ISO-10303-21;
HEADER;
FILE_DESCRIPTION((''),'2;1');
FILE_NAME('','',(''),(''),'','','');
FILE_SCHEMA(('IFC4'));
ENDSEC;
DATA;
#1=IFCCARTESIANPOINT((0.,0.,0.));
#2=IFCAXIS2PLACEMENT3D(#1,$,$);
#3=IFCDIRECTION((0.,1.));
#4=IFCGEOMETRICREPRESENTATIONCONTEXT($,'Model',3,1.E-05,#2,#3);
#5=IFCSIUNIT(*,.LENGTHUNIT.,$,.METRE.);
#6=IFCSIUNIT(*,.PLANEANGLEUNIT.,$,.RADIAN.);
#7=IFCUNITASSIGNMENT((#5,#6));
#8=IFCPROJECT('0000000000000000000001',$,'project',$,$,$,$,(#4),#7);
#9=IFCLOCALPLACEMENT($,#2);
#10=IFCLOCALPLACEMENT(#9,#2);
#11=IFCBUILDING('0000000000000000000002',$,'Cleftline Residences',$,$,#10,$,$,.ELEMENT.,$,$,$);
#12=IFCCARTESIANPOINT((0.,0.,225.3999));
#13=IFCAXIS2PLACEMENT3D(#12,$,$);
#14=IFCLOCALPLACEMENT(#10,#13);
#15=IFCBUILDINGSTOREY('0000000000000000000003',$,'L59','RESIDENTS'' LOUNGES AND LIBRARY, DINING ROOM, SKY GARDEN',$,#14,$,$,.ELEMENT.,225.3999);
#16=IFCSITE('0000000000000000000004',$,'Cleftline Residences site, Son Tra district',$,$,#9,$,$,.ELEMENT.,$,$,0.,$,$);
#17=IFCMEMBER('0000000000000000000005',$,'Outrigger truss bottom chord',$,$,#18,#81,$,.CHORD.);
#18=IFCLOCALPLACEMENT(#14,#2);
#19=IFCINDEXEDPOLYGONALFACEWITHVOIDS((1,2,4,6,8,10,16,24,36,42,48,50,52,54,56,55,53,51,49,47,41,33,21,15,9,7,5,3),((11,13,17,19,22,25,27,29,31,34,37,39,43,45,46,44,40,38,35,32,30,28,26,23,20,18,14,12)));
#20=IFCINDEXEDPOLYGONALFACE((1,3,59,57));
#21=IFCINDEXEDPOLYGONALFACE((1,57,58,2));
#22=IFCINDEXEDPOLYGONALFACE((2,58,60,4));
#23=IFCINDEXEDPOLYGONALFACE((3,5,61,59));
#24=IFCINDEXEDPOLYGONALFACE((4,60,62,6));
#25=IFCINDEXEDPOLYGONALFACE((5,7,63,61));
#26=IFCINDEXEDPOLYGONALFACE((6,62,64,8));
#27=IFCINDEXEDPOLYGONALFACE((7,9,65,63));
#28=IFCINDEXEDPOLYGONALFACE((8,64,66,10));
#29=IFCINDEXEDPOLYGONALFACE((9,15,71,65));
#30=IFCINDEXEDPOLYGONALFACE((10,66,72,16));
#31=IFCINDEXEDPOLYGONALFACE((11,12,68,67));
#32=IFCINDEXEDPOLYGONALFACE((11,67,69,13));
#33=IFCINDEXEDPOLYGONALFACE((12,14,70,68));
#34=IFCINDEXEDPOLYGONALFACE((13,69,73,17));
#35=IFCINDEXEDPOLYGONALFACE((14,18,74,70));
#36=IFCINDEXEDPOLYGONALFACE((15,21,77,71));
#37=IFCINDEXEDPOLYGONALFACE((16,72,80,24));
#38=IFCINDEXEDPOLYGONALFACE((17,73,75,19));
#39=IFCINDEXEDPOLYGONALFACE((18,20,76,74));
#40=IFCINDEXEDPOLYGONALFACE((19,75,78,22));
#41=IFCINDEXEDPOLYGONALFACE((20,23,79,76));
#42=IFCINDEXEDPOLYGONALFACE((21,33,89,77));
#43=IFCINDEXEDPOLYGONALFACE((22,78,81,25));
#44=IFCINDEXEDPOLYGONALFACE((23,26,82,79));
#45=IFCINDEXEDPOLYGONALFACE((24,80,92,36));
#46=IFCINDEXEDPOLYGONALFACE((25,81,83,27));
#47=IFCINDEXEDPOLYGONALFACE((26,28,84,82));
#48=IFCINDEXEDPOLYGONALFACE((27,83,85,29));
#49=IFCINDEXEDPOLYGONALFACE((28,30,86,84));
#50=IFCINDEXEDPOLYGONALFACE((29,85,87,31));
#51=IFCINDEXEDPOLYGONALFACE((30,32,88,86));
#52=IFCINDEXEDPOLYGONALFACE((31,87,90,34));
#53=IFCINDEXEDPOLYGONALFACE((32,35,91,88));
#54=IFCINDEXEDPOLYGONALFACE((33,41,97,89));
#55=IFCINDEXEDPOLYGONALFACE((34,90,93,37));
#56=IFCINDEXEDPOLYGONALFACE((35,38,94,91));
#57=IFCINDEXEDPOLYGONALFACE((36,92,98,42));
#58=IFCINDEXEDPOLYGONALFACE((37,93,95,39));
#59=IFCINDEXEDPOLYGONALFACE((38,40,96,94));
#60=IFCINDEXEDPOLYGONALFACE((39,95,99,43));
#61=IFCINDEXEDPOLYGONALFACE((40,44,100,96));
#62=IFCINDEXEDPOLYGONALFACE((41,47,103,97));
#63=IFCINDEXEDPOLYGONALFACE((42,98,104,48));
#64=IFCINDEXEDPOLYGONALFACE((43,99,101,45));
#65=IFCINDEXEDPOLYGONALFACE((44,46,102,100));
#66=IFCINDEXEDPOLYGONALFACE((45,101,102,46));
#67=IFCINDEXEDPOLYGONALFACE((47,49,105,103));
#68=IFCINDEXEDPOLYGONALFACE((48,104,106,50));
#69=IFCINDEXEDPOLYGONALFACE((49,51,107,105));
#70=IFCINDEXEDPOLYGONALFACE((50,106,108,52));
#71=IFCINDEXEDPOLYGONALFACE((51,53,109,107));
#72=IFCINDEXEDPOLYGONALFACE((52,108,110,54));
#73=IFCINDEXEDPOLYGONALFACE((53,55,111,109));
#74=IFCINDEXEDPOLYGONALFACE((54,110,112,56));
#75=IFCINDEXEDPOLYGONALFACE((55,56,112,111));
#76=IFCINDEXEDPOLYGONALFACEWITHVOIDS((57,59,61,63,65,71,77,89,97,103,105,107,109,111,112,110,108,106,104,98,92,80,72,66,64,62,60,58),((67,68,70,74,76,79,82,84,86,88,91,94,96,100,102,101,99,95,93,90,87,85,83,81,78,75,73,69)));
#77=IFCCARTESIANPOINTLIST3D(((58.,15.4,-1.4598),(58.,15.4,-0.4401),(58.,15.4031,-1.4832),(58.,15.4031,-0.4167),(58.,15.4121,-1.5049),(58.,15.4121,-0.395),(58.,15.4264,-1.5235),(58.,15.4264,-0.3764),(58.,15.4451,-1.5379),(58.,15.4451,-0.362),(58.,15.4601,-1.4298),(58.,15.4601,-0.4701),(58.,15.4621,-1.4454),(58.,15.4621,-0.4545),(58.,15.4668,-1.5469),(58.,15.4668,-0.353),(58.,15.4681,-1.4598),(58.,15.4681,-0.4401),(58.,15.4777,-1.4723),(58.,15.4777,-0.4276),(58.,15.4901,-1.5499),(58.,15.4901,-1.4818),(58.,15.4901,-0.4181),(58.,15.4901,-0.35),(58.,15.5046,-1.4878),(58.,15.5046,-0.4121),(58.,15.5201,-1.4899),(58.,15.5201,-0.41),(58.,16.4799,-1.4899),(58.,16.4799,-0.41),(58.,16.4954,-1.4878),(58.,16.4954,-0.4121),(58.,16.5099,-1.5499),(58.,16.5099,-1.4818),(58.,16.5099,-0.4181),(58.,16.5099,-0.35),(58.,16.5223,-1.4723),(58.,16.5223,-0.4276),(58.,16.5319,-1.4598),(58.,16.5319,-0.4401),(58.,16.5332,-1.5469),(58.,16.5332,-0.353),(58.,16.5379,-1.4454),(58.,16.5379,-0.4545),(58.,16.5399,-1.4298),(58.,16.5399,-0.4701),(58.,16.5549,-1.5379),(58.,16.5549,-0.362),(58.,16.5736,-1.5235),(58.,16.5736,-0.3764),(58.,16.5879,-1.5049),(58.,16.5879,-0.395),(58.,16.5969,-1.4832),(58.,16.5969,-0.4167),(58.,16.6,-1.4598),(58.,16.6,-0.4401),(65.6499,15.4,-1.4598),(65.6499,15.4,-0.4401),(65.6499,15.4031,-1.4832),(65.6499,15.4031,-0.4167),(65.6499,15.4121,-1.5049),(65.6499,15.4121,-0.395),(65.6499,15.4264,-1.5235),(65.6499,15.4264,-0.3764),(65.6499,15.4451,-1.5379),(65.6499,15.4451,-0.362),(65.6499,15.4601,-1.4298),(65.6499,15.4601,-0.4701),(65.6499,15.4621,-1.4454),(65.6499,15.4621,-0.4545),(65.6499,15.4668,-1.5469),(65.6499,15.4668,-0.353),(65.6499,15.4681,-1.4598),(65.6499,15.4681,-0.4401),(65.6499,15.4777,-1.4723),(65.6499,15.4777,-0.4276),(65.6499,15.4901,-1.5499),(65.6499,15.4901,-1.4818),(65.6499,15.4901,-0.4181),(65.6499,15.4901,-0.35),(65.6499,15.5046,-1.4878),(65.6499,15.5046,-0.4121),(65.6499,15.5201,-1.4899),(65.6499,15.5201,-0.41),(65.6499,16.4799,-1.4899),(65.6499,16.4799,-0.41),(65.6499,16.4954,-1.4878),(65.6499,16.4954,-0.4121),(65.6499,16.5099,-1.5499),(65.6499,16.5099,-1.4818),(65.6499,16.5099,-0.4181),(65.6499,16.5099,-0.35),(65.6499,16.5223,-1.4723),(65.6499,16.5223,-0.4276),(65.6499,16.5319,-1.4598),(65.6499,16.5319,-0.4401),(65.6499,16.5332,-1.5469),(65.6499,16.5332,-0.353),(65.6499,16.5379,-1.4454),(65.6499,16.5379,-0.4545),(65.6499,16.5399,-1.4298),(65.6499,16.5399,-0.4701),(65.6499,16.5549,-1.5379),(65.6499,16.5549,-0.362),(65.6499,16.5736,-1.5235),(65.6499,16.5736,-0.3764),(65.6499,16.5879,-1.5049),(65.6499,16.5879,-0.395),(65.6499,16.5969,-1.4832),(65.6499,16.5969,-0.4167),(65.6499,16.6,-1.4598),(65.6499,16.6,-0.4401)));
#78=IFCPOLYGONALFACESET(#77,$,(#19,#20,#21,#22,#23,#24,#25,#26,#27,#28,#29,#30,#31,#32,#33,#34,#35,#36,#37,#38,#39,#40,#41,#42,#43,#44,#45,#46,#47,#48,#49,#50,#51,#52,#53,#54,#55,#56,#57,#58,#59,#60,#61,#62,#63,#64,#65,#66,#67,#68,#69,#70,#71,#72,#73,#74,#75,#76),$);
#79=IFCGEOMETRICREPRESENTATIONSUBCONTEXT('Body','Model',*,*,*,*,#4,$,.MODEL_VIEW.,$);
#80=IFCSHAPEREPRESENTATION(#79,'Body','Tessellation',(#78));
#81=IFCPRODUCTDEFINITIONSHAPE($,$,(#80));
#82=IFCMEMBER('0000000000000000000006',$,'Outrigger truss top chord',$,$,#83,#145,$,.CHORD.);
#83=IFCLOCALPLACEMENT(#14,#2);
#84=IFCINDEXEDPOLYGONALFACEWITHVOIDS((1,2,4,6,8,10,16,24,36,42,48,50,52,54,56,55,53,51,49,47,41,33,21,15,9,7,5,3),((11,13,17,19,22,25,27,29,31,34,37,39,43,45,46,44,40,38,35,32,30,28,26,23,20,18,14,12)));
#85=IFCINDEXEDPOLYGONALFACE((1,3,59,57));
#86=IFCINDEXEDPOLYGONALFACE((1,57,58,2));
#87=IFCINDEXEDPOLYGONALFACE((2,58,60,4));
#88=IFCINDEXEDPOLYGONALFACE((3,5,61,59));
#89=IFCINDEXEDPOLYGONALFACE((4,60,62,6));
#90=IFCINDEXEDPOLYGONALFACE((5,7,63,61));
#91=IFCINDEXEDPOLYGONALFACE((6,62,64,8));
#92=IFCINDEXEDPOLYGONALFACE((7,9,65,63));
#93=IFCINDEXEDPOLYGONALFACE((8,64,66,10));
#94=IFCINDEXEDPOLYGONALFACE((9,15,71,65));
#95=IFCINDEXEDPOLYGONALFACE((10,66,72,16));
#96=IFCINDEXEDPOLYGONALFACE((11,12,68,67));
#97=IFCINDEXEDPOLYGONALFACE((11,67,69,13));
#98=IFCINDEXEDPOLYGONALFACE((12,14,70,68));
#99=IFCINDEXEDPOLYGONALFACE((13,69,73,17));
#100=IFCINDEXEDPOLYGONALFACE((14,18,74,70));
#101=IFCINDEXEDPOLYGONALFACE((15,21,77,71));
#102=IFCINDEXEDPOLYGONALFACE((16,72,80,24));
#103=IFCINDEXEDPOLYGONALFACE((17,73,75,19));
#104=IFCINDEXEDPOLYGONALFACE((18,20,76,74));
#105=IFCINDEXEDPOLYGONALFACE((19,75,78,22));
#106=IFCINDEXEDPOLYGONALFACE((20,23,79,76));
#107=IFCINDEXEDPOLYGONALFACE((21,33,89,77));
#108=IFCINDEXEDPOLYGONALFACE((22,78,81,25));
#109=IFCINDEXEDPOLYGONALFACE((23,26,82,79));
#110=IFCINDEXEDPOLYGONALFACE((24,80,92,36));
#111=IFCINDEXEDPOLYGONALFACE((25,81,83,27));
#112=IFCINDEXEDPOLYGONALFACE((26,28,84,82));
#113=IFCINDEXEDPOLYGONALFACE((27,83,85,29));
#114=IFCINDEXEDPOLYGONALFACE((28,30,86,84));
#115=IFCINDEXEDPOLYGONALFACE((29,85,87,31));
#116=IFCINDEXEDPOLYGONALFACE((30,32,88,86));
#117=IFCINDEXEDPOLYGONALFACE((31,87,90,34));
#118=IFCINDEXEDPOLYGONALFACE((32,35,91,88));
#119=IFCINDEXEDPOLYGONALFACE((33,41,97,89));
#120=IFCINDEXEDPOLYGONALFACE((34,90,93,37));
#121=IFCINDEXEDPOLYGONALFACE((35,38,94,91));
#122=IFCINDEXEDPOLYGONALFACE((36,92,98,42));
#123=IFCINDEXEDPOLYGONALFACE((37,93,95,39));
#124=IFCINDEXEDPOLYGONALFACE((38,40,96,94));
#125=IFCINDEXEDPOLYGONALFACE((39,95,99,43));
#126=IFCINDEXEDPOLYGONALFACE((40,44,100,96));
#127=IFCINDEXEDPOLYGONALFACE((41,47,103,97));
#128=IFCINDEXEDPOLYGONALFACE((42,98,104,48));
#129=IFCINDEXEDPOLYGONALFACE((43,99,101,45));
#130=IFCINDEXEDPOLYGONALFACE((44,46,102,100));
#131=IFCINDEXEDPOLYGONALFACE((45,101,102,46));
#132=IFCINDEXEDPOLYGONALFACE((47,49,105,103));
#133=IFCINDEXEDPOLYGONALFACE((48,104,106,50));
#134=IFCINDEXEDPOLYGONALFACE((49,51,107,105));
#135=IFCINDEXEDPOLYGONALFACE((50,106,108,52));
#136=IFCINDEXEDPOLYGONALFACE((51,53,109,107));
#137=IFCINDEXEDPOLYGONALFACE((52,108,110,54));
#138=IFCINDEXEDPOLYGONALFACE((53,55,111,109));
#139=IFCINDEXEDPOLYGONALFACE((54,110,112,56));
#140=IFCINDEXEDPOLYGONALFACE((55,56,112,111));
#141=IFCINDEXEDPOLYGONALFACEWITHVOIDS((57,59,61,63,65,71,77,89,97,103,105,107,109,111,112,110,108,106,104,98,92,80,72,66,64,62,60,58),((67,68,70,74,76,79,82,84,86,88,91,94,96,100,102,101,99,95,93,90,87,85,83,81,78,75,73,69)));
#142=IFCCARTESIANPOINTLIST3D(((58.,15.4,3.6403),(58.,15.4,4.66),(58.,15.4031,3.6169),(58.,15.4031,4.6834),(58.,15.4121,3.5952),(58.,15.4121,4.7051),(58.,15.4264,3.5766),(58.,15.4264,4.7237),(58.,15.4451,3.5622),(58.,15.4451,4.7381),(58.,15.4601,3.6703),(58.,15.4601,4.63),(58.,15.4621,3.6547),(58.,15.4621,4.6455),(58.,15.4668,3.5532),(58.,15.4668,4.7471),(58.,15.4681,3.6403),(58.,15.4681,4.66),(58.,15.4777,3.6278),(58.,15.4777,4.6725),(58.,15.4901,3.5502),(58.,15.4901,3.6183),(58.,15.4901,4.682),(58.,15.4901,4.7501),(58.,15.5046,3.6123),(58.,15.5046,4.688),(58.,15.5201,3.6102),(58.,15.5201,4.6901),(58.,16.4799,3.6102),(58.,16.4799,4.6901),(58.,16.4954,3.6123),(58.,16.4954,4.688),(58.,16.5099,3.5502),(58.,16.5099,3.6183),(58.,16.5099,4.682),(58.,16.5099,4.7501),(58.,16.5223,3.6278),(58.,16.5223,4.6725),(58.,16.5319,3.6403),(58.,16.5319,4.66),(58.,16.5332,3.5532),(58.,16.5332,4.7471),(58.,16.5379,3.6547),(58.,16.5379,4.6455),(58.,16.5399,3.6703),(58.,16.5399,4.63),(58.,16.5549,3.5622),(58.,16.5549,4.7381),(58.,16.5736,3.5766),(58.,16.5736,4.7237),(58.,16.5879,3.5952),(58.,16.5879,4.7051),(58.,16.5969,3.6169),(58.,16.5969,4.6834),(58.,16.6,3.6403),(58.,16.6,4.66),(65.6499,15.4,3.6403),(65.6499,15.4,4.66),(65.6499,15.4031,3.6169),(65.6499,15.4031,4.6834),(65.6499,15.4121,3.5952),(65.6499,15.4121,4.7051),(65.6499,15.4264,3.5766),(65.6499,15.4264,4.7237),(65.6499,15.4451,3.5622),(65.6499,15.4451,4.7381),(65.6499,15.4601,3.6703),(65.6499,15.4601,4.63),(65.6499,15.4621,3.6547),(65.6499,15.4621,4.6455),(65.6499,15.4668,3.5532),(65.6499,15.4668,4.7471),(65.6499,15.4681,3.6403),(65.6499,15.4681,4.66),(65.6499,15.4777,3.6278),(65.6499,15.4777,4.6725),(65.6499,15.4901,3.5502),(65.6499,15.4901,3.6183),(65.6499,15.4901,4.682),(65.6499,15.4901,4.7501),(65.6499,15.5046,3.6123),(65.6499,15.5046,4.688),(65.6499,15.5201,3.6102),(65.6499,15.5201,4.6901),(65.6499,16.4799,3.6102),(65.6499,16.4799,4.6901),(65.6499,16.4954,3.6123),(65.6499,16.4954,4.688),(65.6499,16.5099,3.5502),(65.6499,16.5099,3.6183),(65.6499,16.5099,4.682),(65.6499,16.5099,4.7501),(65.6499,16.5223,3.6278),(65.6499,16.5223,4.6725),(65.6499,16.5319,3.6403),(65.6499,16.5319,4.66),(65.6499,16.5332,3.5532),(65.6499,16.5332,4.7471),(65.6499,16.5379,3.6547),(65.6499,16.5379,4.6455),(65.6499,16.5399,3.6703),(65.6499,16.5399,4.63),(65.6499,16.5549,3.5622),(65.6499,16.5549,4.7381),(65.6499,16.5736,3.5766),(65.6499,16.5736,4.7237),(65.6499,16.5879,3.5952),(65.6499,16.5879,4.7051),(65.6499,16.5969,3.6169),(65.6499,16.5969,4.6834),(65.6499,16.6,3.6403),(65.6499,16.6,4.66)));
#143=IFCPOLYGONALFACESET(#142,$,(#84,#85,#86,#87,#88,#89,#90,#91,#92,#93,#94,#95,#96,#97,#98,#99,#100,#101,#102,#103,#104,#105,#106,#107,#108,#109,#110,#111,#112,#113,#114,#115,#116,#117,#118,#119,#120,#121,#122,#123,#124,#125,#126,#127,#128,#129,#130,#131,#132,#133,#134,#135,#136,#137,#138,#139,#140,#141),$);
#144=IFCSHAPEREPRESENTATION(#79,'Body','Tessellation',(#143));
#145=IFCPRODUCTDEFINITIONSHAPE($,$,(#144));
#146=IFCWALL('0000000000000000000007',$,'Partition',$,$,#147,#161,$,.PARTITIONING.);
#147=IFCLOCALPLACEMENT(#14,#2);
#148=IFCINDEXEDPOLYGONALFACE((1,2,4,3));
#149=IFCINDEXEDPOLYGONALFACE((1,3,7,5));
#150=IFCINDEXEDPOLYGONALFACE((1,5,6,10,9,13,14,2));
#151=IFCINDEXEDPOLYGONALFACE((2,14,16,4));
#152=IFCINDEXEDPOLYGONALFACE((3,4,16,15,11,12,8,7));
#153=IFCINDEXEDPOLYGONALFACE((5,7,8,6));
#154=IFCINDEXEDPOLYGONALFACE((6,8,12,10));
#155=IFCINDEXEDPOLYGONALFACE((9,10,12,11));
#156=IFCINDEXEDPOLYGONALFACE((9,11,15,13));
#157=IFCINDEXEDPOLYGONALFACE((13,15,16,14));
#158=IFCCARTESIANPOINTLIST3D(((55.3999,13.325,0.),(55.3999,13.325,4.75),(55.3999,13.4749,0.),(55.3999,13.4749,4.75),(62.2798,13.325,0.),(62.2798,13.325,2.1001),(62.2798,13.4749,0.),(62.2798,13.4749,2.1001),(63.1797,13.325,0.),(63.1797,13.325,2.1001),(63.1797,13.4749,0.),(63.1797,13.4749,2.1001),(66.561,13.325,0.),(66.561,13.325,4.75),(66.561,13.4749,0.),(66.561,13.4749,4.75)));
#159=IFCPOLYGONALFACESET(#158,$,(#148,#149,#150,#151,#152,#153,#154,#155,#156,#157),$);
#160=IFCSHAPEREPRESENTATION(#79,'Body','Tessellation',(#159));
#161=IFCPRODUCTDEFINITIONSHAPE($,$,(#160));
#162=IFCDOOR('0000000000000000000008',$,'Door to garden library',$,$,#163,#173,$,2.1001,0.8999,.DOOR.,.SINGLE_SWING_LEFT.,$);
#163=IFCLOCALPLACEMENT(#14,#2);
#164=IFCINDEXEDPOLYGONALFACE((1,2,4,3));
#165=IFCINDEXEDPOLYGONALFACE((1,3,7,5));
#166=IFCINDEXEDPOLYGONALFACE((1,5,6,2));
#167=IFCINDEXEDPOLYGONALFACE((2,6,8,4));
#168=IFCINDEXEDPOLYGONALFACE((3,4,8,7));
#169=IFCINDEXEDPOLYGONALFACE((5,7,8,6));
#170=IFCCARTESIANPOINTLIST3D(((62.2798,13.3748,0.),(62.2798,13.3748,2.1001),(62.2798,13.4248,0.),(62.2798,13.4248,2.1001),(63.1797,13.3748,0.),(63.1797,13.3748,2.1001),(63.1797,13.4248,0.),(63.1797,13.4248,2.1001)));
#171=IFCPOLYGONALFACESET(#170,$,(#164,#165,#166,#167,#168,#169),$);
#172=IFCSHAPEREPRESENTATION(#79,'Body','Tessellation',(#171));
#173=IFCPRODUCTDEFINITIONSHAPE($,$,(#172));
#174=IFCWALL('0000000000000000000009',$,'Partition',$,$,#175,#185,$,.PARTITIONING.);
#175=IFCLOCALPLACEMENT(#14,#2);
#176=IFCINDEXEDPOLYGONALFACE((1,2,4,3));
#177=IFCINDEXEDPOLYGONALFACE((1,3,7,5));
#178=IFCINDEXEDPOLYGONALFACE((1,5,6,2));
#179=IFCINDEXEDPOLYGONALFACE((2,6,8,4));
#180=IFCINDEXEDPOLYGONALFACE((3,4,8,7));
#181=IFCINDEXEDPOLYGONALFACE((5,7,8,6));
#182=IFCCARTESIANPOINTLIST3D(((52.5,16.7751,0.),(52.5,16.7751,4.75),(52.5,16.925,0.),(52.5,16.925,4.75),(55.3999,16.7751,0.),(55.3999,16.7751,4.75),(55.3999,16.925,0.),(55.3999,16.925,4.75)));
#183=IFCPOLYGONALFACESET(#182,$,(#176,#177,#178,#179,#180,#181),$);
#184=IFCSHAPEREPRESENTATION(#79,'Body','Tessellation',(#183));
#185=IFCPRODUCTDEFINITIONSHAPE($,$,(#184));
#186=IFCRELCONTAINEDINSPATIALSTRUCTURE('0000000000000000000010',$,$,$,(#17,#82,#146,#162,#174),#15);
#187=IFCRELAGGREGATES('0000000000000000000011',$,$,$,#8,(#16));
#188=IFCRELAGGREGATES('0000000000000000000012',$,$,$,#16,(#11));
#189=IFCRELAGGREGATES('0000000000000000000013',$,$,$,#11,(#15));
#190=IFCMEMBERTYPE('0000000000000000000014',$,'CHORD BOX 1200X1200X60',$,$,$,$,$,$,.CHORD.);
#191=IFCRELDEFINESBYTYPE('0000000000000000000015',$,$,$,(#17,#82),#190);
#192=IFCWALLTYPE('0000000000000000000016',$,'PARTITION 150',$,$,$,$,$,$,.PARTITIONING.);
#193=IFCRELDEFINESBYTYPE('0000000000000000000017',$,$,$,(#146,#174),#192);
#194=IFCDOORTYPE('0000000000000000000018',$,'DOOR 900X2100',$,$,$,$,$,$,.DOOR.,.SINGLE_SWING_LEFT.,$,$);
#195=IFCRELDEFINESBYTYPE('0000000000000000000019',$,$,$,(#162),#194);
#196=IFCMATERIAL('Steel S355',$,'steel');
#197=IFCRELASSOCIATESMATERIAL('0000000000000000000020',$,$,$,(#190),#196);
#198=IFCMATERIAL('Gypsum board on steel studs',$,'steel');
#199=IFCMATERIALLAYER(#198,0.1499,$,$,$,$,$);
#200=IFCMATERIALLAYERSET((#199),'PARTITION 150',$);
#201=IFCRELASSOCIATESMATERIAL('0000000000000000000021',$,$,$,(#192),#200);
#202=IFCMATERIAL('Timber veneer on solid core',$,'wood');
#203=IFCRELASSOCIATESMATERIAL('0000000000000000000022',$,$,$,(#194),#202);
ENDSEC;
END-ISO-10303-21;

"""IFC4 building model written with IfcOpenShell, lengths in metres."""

from ifc_helpers import new_model, si_unit, direction, frame, frame_2d, origin, origin_2d, place, context, subcontext, project, spatial, rectangle, hollow_rectangle, extrude, material, layer, layer_set, material_profile, profile_set, type_object, element, fill, save


model = new_model("IFC4")

# Units and contexts
model_context = context("Model", 3, precision=1e-05, world=origin(), true_north=direction((0.0, 1.0)))
body_context = subcontext(model_context, "Body", "Model", "MODEL_VIEW")
ifc_project = project(units=[si_unit("LENGTHUNIT", "METRE"), si_unit("PLANEANGLEUNIT", "RADIAN")], contexts=[model_context])

# Site, building, storey
site_placement = place(None, origin())
site = spatial("IfcSite", under=ifc_project, at=site_placement, Name="Cleftline Residences site, Son Tra district", CompositionType="ELEMENT", RefElevation=0.0)
building_placement = place(site_placement, origin())
building = spatial("IfcBuilding", under=site, at=building_placement, Name="Cleftline Residences", CompositionType="ELEMENT")
storey_placement = place(building_placement, frame((0.0, 0.0, 225.3999)))
storey = spatial("IfcBuildingStorey", under=building, at=storey_placement, Name="L59", Description="RESIDENTS' LOUNGES AND LIBRARY, DINING ROOM, SKY GARDEN", CompositionType="ELEMENT", Elevation=225.3999)

# Members
ifc_material_1 = material(Name="Steel S355", Category="steel")
ifc_material_profile_1 = material_profile(ifc_material_1, hollow_rectangle(XDim=1.2, YDim=1.2, WallThickness=0.0601, InnerFilletRadius=0.0601, OuterFilletRadius=0.0901, at=origin_2d()))
ifc_profile_set_1 = profile_set([ifc_material_profile_1], Name="Steel S355")
member_type_1 = type_object("IfcMemberType", Name="CHORD BOX 1200X1200X60", PredefinedType="CHORD", material=ifc_profile_set_1)
for number, where, z_axis, x_axis, name in (
    (1, (58.0, 16.0, -0.95), (1.0, 0.0, 0.0), (0.0, 1.0, 0.0), "Outrigger truss bottom chord"),
    (2, (58.0, 16.0, 4.1501), (1.0, 0.0, 0.0), (0.0, 1.0, 0.0), "Outrigger truss top chord"),
):
    element("IfcMember", number, at=place(storey_placement, frame(where, z_axis=z_axis, x_axis=x_axis)), inside=storey, type_object=member_type_1, Name=name, PredefinedType="CHORD", context=body_context, shape_type="SweptSolid", body=[
        extrude(hollow_rectangle(XDim=1.2, YDim=1.2, WallThickness=0.0601, InnerFilletRadius=0.0601, OuterFilletRadius=0.0901, at=origin_2d()), origin(), (0.0, 0.0, 1.0), 7.6499),
    ])

# Wall, opening, door
ifc_material_2 = material(Name="Gypsum board on steel studs", Category="steel")
ifc_layer_1 = layer(ifc_material_2, 0.1499)
ifc_layer_set_1 = layer_set([ifc_layer_1], Name="PARTITION 150")
wall_type_1 = type_object("IfcWallType", Name="PARTITION 150", PredefinedType="PARTITIONING", material=ifc_layer_set_1)
wall_1_placement = place(storey_placement, frame((55.3999, 13.3999, 0.0), z_axis=(0.0, 0.0, 1.0), x_axis=(1.0, 0.0, 0.0)))
wall_1 = element("IfcWall", 3, at=wall_1_placement, inside=storey, type_object=wall_type_1, Name="Partition", PredefinedType="PARTITIONING", context=body_context, shape_type="SweptSolid", body=[
    extrude(rectangle(XDim=11.1611, YDim=0.1499, at=frame_2d((5.5806, 0.0))), origin(), (0.0, 0.0, 1.0), 4.75),
])
opening_1_placement = place(wall_1_placement, frame((6.8799, 0.0, 0.0)))
opening_1 = element("IfcOpeningElement", 4, at=opening_1_placement, cuts=wall_1, PredefinedType="OPENING", context=body_context, shape_type="SweptSolid", body=[
    extrude(rectangle(XDim=0.8999, YDim=2.1001, at=frame_2d((0.45, 1.05))), frame((0.0, 0.085, 0.0), z_axis=(0.0, -1.0, 0.0), x_axis=(1.0, 0.0, 0.0)), (0.0, 0.0, 1.0), 0.1699),
])
ifc_material_3 = material(Name="Timber veneer on solid core", Category="wood")
door_type_1 = type_object("IfcDoorType", Name="DOOR 900X2100", OperationType="SINGLE_SWING_LEFT", PredefinedType="DOOR", material=ifc_material_3)
door_1_placement = place(opening_1_placement, origin())
door_1 = element("IfcDoor", 5, at=door_1_placement, inside=storey, type_object=door_type_1, Name="Door to garden library", OperationType="SINGLE_SWING_LEFT", OverallHeight=2.1001, OverallWidth=0.8999, PredefinedType="DOOR", context=body_context, shape_type="SweptSolid", body=[
    extrude(rectangle(XDim=0.8999, YDim=2.1001, at=frame_2d((0.45, 1.05))), frame((0.0, 0.0249, 0.0), z_axis=(0.0, -1.0, 0.0), x_axis=(1.0, 0.0, 0.0)), (0.0, 0.0, 1.0), 0.05),
])
fill(opening_1, door_1)

# Wall
wall_2_placement = place(storey_placement, frame((52.5, 16.8501, 0.0), z_axis=(0.0, 0.0, 1.0), x_axis=(1.0, 0.0, 0.0)))
element("IfcWall", 6, at=wall_2_placement, inside=storey, type_object=wall_type_1, Name="Partition", PredefinedType="PARTITIONING", context=body_context, shape_type="SweptSolid", body=[
    extrude(rectangle(XDim=2.8999, YDim=0.1499, at=frame_2d((1.45, 0.0))), origin(), (0.0, 0.0, 1.0), 4.75),
])

save(model, "model.ifc")
